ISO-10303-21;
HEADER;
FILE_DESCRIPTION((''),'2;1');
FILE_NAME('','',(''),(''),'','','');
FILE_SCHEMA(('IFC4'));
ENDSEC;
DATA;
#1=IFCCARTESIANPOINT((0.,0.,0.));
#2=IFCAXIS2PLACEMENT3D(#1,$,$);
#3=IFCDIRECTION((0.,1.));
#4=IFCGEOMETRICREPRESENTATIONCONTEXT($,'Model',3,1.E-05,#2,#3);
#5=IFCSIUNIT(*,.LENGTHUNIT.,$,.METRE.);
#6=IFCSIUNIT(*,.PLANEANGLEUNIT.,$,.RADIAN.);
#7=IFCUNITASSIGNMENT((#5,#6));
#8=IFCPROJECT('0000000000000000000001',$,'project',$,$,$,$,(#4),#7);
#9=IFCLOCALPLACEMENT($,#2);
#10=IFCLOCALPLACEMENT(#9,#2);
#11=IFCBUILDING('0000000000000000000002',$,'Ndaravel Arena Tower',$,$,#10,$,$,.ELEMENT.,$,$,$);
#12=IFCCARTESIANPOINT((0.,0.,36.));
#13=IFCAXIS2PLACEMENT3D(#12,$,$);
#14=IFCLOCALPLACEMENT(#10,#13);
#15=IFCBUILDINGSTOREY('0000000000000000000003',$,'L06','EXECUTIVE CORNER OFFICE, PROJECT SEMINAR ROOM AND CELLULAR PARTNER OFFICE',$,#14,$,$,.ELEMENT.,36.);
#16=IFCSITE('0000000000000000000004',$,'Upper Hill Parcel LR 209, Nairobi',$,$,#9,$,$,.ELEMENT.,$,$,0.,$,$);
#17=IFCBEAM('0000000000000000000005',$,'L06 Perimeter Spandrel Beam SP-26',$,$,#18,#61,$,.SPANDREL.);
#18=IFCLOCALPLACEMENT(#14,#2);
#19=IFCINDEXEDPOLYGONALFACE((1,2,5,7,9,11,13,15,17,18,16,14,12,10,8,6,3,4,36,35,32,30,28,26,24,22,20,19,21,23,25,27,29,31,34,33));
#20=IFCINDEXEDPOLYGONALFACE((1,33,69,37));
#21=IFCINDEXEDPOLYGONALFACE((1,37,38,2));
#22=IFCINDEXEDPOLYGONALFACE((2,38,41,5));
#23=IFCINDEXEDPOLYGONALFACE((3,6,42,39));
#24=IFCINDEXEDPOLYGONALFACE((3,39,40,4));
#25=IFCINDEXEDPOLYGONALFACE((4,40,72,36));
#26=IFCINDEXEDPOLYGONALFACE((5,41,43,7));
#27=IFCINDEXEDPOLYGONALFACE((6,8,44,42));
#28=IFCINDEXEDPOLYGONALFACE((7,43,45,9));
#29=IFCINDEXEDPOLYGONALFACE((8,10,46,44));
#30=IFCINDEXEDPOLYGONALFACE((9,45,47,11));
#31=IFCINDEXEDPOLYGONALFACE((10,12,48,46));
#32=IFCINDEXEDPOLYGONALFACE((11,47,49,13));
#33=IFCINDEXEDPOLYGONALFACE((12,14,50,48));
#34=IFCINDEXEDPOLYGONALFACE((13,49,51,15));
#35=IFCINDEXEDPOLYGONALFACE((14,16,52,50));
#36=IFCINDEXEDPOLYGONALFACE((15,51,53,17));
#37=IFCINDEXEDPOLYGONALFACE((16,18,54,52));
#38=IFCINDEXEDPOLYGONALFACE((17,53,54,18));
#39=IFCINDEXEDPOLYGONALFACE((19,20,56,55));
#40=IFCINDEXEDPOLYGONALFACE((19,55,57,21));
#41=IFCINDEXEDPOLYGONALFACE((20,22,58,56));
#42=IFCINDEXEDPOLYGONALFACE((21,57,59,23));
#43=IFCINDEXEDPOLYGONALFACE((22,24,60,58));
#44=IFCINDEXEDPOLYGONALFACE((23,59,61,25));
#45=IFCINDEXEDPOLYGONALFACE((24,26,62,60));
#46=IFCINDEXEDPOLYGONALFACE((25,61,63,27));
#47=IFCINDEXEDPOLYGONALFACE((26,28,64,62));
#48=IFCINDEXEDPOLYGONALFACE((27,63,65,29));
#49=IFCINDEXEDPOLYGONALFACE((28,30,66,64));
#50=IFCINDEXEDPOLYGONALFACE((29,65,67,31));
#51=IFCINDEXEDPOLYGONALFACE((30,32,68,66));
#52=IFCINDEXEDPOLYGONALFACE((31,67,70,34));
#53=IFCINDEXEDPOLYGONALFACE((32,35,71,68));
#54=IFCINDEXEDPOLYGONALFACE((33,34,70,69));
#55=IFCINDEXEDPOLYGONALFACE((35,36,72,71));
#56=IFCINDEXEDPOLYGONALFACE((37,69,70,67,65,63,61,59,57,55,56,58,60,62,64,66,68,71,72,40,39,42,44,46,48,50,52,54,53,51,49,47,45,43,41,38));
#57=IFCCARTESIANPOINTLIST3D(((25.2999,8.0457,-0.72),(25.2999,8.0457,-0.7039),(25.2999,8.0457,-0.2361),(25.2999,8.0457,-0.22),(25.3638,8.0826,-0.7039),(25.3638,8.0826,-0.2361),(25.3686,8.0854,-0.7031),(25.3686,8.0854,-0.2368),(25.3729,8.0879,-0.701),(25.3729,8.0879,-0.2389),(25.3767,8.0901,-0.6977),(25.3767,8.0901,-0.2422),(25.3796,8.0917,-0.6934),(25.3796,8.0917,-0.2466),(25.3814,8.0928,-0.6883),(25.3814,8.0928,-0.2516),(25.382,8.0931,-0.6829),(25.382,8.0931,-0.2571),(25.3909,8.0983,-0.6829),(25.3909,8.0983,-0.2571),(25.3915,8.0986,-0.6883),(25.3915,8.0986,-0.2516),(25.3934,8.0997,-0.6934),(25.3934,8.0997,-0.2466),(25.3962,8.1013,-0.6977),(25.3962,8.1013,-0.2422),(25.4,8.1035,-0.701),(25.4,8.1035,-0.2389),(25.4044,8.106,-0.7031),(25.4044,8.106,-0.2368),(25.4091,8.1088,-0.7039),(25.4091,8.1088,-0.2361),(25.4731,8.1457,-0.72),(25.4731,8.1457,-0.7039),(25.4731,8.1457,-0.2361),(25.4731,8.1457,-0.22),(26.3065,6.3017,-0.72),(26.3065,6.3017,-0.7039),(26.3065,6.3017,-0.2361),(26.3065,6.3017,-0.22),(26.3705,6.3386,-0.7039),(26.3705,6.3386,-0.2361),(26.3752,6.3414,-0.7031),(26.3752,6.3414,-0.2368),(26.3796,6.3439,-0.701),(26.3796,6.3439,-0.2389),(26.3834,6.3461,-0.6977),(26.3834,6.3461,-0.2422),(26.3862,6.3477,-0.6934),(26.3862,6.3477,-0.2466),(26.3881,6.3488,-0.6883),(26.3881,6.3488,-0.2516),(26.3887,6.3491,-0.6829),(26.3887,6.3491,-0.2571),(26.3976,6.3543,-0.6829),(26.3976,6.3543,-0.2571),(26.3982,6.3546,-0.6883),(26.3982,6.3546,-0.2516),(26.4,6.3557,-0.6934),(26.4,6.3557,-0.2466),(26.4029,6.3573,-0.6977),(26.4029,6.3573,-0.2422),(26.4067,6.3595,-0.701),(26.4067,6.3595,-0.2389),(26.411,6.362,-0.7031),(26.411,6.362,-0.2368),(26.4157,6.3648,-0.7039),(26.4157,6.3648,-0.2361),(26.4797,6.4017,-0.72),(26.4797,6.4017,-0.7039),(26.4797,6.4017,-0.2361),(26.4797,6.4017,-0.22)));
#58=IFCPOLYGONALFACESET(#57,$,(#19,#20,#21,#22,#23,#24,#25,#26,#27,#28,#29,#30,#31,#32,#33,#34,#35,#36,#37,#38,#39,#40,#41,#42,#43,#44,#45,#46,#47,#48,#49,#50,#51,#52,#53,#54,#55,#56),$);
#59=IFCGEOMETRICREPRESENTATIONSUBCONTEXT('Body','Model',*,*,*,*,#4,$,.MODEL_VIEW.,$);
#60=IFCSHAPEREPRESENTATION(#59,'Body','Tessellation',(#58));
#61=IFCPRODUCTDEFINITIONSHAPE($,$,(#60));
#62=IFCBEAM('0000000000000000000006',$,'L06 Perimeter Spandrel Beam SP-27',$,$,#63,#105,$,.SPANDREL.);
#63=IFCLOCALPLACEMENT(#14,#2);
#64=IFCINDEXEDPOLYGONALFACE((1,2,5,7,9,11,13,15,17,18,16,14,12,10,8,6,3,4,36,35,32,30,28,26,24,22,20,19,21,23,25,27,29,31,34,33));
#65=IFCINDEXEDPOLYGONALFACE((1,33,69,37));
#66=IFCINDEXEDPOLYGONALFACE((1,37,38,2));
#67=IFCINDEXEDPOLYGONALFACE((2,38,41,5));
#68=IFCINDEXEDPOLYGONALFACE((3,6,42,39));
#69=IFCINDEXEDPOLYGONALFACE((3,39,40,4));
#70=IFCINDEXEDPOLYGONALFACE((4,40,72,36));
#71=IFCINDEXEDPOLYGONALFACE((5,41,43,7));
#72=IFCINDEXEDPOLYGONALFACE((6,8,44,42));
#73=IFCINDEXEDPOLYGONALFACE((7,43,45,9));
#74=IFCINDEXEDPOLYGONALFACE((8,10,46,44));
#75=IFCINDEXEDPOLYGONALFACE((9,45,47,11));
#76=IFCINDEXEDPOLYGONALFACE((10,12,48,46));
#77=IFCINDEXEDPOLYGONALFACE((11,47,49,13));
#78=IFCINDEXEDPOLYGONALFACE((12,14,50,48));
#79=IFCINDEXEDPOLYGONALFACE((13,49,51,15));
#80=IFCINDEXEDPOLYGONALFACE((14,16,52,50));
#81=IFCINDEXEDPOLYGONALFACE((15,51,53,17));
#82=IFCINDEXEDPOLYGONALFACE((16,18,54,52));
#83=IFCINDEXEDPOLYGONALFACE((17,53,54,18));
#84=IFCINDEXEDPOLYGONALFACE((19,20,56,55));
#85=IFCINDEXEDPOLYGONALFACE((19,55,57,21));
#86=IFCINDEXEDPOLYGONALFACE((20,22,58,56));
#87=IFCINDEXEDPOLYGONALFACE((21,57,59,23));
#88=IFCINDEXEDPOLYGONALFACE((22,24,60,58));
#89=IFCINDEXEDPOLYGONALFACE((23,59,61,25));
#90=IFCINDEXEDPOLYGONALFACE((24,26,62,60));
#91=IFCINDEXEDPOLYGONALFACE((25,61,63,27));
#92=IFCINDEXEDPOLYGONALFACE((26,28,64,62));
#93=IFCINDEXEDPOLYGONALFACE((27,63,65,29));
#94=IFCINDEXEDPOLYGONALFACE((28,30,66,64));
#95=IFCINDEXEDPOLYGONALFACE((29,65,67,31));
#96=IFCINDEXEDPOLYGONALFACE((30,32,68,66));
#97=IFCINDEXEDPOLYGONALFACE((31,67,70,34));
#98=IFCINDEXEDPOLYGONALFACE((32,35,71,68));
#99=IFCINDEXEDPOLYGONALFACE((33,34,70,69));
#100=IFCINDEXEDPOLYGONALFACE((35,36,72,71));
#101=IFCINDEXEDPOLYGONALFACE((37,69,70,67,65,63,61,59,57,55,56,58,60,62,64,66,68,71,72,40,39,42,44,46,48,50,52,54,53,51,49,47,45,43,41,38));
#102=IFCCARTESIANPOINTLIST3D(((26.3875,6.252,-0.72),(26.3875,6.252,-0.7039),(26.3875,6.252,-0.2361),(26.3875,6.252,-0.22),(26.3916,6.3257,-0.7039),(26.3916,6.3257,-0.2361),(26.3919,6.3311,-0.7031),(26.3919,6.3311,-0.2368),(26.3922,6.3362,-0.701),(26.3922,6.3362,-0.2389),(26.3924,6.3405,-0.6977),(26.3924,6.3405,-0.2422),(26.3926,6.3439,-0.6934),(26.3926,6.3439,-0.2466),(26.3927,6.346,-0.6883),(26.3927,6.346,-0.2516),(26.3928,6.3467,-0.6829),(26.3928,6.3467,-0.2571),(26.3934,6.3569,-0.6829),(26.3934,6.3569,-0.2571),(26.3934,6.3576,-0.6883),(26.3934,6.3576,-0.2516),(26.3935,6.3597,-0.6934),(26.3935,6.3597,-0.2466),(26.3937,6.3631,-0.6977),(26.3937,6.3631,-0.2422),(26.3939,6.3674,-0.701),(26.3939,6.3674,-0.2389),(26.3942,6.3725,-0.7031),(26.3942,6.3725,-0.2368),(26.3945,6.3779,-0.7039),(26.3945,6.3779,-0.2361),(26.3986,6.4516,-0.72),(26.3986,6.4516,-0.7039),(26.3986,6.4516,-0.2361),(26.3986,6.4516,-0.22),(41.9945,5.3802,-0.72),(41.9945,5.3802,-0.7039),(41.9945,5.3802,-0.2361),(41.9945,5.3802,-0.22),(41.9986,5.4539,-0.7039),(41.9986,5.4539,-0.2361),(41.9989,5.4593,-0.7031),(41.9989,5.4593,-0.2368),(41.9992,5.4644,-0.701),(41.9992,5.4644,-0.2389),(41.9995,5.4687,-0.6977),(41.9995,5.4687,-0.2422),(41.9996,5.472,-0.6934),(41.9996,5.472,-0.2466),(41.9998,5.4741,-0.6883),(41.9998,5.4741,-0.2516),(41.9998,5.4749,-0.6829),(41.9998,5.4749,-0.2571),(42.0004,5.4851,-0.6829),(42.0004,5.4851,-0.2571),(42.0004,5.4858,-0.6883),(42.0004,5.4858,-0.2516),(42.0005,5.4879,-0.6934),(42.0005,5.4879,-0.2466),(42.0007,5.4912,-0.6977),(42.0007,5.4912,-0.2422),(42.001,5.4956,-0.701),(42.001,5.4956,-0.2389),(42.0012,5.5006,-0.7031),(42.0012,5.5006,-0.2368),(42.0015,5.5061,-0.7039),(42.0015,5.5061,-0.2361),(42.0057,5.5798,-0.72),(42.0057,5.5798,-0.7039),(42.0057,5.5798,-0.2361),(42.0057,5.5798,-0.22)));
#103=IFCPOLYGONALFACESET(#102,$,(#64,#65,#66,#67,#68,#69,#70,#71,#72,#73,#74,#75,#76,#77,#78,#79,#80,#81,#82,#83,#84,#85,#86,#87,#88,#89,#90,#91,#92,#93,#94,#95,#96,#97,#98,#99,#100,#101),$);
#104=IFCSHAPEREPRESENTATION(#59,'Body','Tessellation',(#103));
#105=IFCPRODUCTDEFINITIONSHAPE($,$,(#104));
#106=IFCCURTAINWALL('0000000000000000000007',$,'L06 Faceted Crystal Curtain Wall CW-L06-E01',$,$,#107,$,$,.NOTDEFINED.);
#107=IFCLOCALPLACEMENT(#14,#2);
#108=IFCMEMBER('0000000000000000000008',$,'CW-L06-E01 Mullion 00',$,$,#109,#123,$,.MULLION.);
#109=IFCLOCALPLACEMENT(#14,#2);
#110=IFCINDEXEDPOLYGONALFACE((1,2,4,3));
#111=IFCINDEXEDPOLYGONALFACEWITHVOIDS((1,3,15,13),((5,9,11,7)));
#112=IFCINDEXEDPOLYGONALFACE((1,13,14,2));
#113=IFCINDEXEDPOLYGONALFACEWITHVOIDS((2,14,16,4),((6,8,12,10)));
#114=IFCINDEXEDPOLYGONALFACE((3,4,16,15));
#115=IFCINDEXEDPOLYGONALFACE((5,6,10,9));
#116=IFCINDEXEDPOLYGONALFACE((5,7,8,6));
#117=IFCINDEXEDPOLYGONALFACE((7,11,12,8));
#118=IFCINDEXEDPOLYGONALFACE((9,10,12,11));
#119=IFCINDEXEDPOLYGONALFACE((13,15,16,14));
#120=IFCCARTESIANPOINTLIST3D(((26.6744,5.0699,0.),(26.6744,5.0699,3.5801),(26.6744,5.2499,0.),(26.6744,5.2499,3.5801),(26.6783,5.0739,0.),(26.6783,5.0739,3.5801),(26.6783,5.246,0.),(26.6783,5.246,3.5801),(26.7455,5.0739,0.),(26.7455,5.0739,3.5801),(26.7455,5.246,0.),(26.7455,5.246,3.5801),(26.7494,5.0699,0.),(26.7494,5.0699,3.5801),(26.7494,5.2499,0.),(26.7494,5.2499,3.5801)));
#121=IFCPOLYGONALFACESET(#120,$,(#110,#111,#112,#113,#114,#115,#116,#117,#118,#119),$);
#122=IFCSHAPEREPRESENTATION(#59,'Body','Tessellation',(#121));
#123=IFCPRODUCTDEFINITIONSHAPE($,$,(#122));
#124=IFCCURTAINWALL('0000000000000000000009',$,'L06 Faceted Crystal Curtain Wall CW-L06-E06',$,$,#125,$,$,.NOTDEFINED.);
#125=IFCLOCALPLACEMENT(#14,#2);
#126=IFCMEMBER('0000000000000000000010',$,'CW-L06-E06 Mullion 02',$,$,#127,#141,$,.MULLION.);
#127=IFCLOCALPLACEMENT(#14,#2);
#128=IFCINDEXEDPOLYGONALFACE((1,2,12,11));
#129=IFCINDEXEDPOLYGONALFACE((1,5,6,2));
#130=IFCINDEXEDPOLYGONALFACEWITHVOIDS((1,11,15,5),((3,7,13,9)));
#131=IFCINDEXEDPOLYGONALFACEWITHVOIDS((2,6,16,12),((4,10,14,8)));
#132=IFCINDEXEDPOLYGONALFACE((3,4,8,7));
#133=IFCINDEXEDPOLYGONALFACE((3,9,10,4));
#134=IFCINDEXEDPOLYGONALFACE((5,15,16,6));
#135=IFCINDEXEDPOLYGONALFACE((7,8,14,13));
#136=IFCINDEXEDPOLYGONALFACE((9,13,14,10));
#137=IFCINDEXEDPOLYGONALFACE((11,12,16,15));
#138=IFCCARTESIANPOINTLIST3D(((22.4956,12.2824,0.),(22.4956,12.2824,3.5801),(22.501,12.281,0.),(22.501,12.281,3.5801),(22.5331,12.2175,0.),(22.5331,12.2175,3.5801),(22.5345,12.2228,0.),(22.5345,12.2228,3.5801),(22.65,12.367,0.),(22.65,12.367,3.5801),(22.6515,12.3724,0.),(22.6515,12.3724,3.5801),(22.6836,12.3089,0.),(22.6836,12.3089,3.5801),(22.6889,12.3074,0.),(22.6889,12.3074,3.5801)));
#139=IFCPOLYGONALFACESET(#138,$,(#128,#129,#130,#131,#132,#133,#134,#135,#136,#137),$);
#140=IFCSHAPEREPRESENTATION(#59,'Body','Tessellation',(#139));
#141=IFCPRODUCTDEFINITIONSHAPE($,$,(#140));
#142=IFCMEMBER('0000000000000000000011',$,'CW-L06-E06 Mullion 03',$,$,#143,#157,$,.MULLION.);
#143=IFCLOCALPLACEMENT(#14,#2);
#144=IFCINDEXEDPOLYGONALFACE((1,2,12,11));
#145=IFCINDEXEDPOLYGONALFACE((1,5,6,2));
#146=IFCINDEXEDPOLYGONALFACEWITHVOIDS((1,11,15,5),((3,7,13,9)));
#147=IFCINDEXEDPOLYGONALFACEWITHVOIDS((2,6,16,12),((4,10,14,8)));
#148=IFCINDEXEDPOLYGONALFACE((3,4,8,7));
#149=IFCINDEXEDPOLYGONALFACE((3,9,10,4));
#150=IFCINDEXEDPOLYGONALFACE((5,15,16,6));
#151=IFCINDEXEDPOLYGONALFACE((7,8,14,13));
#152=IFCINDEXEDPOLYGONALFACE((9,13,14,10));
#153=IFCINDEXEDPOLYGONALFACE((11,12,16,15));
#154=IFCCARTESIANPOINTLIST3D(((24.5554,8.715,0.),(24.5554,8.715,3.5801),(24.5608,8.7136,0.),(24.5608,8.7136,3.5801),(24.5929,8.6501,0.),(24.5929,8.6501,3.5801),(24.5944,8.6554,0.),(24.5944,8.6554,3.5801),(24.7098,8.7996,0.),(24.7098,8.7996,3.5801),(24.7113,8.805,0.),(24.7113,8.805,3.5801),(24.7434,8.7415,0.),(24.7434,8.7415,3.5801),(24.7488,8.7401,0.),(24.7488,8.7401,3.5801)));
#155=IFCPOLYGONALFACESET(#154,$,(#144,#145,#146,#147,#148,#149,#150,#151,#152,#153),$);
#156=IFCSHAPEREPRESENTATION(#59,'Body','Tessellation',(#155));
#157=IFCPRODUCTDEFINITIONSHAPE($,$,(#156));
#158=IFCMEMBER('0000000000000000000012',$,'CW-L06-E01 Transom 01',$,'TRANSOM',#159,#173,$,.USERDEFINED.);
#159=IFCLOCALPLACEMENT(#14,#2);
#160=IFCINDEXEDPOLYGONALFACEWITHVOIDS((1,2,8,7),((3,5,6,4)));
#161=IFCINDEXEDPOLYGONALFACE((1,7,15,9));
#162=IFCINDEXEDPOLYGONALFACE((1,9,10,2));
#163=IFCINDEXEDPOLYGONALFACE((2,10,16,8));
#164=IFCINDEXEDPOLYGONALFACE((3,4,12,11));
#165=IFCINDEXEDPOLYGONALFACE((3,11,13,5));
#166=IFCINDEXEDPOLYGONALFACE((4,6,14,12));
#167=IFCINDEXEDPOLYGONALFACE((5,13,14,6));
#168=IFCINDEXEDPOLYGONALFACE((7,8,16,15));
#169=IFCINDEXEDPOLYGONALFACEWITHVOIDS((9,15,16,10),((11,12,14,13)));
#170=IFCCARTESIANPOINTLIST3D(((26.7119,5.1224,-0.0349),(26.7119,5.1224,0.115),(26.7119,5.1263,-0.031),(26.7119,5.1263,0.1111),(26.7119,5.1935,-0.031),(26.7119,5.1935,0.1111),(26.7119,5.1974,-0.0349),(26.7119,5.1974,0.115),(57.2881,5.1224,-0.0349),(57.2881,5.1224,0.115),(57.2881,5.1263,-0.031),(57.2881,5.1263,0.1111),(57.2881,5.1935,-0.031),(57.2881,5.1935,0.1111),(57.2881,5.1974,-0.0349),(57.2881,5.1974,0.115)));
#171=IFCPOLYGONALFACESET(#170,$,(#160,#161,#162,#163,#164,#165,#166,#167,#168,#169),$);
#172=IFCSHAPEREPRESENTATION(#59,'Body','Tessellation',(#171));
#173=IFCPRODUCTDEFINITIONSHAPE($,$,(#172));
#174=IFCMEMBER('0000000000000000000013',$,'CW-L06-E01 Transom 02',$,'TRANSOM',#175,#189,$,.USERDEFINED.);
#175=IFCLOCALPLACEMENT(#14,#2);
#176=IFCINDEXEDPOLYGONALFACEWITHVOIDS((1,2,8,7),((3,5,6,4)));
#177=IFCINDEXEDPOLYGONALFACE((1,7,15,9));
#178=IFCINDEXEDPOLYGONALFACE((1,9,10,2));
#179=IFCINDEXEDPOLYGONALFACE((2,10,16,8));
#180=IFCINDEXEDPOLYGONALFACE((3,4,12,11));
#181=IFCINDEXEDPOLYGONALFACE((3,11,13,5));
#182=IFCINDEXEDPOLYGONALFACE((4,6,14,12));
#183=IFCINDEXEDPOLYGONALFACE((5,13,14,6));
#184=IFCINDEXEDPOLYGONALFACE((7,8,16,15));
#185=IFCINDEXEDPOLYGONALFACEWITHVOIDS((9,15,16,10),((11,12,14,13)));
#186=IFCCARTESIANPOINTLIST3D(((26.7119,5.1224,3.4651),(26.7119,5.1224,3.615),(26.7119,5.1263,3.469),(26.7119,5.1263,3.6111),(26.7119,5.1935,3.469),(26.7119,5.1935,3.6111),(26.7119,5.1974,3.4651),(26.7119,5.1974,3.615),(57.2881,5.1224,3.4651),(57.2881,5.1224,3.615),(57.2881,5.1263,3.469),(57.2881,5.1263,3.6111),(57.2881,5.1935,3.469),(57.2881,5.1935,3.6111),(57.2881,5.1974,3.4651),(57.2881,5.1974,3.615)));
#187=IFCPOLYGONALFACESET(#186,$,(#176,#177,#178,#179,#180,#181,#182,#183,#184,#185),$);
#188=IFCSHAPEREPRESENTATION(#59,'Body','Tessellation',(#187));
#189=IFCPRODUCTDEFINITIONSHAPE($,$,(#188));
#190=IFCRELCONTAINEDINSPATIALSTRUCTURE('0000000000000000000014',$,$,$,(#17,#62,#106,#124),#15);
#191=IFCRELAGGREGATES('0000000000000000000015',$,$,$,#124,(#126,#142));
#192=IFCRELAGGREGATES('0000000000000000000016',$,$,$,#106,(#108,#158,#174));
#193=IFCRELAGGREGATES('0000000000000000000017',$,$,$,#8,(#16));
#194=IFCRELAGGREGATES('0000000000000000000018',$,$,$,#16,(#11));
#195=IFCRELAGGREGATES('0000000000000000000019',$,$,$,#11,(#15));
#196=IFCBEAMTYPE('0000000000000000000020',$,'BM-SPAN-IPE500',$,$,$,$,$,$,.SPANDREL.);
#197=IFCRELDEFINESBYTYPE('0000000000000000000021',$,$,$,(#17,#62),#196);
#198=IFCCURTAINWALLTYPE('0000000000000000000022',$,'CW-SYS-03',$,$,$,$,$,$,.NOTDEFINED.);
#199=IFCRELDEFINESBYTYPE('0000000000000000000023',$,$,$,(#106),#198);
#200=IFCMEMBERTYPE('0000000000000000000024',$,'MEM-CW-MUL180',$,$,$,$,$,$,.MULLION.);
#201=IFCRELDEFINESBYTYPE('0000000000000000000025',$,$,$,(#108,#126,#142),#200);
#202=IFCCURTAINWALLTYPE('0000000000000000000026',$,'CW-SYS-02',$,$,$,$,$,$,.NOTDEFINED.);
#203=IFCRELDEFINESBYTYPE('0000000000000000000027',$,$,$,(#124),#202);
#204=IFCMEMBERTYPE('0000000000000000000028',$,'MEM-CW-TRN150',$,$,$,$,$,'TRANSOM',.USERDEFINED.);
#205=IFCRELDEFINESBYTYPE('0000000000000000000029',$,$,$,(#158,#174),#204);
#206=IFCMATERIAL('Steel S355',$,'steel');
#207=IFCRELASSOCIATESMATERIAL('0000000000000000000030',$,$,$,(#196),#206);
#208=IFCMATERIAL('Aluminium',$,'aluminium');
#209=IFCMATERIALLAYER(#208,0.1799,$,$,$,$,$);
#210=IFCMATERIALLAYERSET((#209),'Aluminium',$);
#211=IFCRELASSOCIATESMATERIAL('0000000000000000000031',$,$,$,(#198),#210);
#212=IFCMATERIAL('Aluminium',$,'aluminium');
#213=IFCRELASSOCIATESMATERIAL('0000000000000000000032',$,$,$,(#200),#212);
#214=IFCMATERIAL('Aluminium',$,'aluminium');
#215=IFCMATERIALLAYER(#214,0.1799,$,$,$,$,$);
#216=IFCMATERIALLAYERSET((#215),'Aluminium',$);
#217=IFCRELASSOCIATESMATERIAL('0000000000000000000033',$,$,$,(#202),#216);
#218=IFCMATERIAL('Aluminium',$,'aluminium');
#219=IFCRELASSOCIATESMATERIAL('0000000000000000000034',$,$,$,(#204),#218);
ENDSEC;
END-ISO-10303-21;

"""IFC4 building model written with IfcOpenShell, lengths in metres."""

from ifc_helpers import new_model, si_unit, direction, frame, origin, origin_2d, place, context, subcontext, project, spatial, hollow_rectangle, i_section, extrude, material, layer, layer_set, material_profile, profile_set, type_object, element, aggregate, save


model = new_model("IFC4")

# Units and contexts
model_context = context("Model", 3, precision=1e-05, world=origin(), true_north=direction((0.0, 1.0)))
body_context = subcontext(model_context, "Body", "Model", "MODEL_VIEW")
ifc_project = project(units=[si_unit("LENGTHUNIT", "METRE"), si_unit("PLANEANGLEUNIT", "RADIAN")], contexts=[model_context])

# Site, building, storey
site_placement = place(None, origin())
site = spatial("IfcSite", under=ifc_project, at=site_placement, Name="Upper Hill Parcel LR 209, Nairobi", CompositionType="ELEMENT", RefElevation=0.0)
building_placement = place(site_placement, origin())
building = spatial("IfcBuilding", under=site, at=building_placement, Name="Ndaravel Arena Tower", CompositionType="ELEMENT")
storey_placement = place(building_placement, frame((0.0, 0.0, 36.0)))
storey = spatial("IfcBuildingStorey", under=building, at=storey_placement, Name="L06", Description="EXECUTIVE CORNER OFFICE, PROJECT SEMINAR ROOM AND CELLULAR PARTNER OFFICE", CompositionType="ELEMENT", Elevation=36.0)

# Beams
ifc_material_1 = material(Name="Steel S355", Category="steel")
ifc_material_profile_1 = material_profile(ifc_material_1, i_section(OverallWidth=0.2, OverallDepth=0.5, WebThickness=0.0103, FlangeThickness=0.0161, FilletRadius=0.021, at=origin_2d()), Name="IPE 500")
ifc_profile_set_1 = profile_set([ifc_material_profile_1], Name="Steel S355")
beam_type = type_object("IfcBeamType", Name="BM-SPAN-IPE500", PredefinedType="SPANDREL", material=ifc_profile_set_1)
beam_1_placement = place(storey_placement, frame((25.3865, 8.0957, -0.47), z_axis=(0.499908, -0.866079, 0.0), x_axis=(0.866079, 0.499908, 0.0)))
element("IfcBeam", 1, at=beam_1_placement, inside=storey, type_object=beam_type, Name="L06 Perimeter Spandrel Beam SP-26", PredefinedType="SPANDREL", context=body_context, shape_type="SweptSolid", body=[
    extrude(i_section(OverallWidth=0.2, OverallDepth=0.5, WebThickness=0.0103, FlangeThickness=0.0161, FilletRadius=0.021, at=origin_2d()), origin(), (0.0, 0.0, 1.0), 2.0137),
])
beam_2_placement = place(storey_placement, frame((26.3931, 6.3518, -0.47), z_axis=(0.998443, -0.055775, 0.0), x_axis=(0.055775, 0.998443, 0.0)))
element("IfcBeam", 2, at=beam_2_placement, inside=storey, type_object=beam_type, Name="L06 Perimeter Spandrel Beam SP-27", PredefinedType="SPANDREL", context=body_context, shape_type="SweptSolid", body=[
    extrude(i_section(OverallWidth=0.2, OverallDepth=0.5, WebThickness=0.0103, FlangeThickness=0.0161, FilletRadius=0.021, at=origin_2d()), origin(), (0.0, 0.0, 1.0), 15.6313),
])

# Curtain wall, member
ifc_material_2 = material(Name="Aluminium", Category="aluminium")
ifc_layer_1 = layer(ifc_material_2, 0.1799)
ifc_layer_set_1 = layer_set([ifc_layer_1], Name="Aluminium")
curtain_wall_type_1 = type_object("IfcCurtainWallType", Name="CW-SYS-03", PredefinedType="NOTDEFINED", material=ifc_layer_set_1)
curtain_wall_1_placement = place(storey_placement, origin())
curtain_wall_1 = element("IfcCurtainWall", 3, at=curtain_wall_1_placement, inside=storey, type_object=curtain_wall_type_1, Name="L06 Faceted Crystal Curtain Wall CW-L06-E01", PredefinedType="NOTDEFINED")
ifc_material_3 = material(Name="Aluminium", Category="aluminium")
ifc_material_profile_2 = material_profile(ifc_material_3, hollow_rectangle(XDim=0.075, YDim=0.1799, WallThickness=0.0039, at=origin_2d()), Name="CW MULLION 75x180x4")
ifc_profile_set_2 = profile_set([ifc_material_profile_2], Name="Aluminium")
member_type_1 = type_object("IfcMemberType", Name="MEM-CW-MUL180", PredefinedType="MULLION", material=ifc_profile_set_2)
member_1_placement = place(storey_placement, frame((26.7119, 5.1599, 0.0), z_axis=(0.0, 0.0, 1.0), x_axis=(1.0, 0.0, 0.0)))
member_1 = element("IfcMember", 4, at=member_1_placement, type_object=member_type_1, Name="CW-L06-E01 Mullion 00", PredefinedType="MULLION", context=body_context, shape_type="SweptSolid", body=[
    extrude(hollow_rectangle(XDim=0.075, YDim=0.1799, WallThickness=0.0039, at=origin_2d()), origin(), (0.0, 0.0, 1.0), 3.5801),
])

# Curtain wall, members
ifc_material_4 = material(Name="Aluminium", Category="aluminium")
ifc_layer_2 = layer(ifc_material_4, 0.1799)
ifc_layer_set_2 = layer_set([ifc_layer_2], Name="Aluminium")
curtain_wall_type_2 = type_object("IfcCurtainWallType", Name="CW-SYS-02", PredefinedType="NOTDEFINED", material=ifc_layer_set_2)
curtain_wall_2_placement = place(storey_placement, origin())
curtain_wall_2 = element("IfcCurtainWall", 5, at=curtain_wall_2_placement, inside=storey, type_object=curtain_wall_type_2, Name="L06 Faceted Crystal Curtain Wall CW-L06-E06", PredefinedType="NOTDEFINED")
member_2_placement = place(storey_placement, frame((22.5923, 12.2949, 0.0), z_axis=(0.0, 0.0, 1.0), x_axis=(0.5, -0.866025, 0.0)))
member_2 = element("IfcMember", 6, at=member_2_placement, type_object=member_type_1, Name="CW-L06-E06 Mullion 02", PredefinedType="MULLION", context=body_context, shape_type="SweptSolid", body=[
    extrude(hollow_rectangle(XDim=0.075, YDim=0.1799, WallThickness=0.0039, at=origin_2d()), origin(), (0.0, 0.0, 1.0), 3.5801),
])
member_3_placement = place(storey_placement, frame((24.6521, 8.7275, 0.0), z_axis=(0.0, 0.0, 1.0), x_axis=(0.5, -0.866025, 0.0)))
member_3 = element("IfcMember", 7, at=member_3_placement, type_object=member_type_1, Name="CW-L06-E06 Mullion 03", PredefinedType="MULLION", context=body_context, shape_type="SweptSolid", body=[
    extrude(hollow_rectangle(XDim=0.075, YDim=0.1799, WallThickness=0.0039, at=origin_2d()), origin(), (0.0, 0.0, 1.0), 3.5801),
])

# Members
ifc_material_5 = material(Name="Aluminium", Category="aluminium")
ifc_material_profile_3 = material_profile(ifc_material_5, hollow_rectangle(XDim=0.075, YDim=0.1499, WallThickness=0.0039, at=origin_2d()), Name="CW TRANSOM 75x150x4")
ifc_profile_set_3 = profile_set([ifc_material_profile_3], Name="Aluminium")
member_type_2 = type_object("IfcMemberType", Name="MEM-CW-TRN150", ElementType="TRANSOM", PredefinedType="USERDEFINED", material=ifc_profile_set_3)
member_4_placement = place(storey_placement, frame((26.7119, 5.1599, 0.04), z_axis=(1.0, 0.0, 0.0), x_axis=(0.0, 1.0, 0.0)))
member_4 = element("IfcMember", 8, at=member_4_placement, type_object=member_type_2, Name="CW-L06-E01 Transom 01", ObjectType="TRANSOM", PredefinedType="USERDEFINED", context=body_context, shape_type="SweptSolid", body=[
    extrude(hollow_rectangle(XDim=0.075, YDim=0.1499, WallThickness=0.0039, at=origin_2d()), origin(), (0.0, 0.0, 1.0), 30.5762),
])
member_5_placement = place(storey_placement, frame((26.7119, 5.1599, 3.54), z_axis=(1.0, 0.0, 0.0), x_axis=(0.0, 1.0, 0.0)))
member_5 = element("IfcMember", 9, at=member_5_placement, type_object=member_type_2, Name="CW-L06-E01 Transom 02", ObjectType="TRANSOM", PredefinedType="USERDEFINED", context=body_context, shape_type="SweptSolid", body=[
    extrude(hollow_rectangle(XDim=0.075, YDim=0.1499, WallThickness=0.0039, at=origin_2d()), origin(), (0.0, 0.0, 1.0), 30.5762),
])

aggregate(curtain_wall_2, [member_2, member_3])
aggregate(curtain_wall_1, [member_1, member_4, member_5])

save(model, "model.ifc")
